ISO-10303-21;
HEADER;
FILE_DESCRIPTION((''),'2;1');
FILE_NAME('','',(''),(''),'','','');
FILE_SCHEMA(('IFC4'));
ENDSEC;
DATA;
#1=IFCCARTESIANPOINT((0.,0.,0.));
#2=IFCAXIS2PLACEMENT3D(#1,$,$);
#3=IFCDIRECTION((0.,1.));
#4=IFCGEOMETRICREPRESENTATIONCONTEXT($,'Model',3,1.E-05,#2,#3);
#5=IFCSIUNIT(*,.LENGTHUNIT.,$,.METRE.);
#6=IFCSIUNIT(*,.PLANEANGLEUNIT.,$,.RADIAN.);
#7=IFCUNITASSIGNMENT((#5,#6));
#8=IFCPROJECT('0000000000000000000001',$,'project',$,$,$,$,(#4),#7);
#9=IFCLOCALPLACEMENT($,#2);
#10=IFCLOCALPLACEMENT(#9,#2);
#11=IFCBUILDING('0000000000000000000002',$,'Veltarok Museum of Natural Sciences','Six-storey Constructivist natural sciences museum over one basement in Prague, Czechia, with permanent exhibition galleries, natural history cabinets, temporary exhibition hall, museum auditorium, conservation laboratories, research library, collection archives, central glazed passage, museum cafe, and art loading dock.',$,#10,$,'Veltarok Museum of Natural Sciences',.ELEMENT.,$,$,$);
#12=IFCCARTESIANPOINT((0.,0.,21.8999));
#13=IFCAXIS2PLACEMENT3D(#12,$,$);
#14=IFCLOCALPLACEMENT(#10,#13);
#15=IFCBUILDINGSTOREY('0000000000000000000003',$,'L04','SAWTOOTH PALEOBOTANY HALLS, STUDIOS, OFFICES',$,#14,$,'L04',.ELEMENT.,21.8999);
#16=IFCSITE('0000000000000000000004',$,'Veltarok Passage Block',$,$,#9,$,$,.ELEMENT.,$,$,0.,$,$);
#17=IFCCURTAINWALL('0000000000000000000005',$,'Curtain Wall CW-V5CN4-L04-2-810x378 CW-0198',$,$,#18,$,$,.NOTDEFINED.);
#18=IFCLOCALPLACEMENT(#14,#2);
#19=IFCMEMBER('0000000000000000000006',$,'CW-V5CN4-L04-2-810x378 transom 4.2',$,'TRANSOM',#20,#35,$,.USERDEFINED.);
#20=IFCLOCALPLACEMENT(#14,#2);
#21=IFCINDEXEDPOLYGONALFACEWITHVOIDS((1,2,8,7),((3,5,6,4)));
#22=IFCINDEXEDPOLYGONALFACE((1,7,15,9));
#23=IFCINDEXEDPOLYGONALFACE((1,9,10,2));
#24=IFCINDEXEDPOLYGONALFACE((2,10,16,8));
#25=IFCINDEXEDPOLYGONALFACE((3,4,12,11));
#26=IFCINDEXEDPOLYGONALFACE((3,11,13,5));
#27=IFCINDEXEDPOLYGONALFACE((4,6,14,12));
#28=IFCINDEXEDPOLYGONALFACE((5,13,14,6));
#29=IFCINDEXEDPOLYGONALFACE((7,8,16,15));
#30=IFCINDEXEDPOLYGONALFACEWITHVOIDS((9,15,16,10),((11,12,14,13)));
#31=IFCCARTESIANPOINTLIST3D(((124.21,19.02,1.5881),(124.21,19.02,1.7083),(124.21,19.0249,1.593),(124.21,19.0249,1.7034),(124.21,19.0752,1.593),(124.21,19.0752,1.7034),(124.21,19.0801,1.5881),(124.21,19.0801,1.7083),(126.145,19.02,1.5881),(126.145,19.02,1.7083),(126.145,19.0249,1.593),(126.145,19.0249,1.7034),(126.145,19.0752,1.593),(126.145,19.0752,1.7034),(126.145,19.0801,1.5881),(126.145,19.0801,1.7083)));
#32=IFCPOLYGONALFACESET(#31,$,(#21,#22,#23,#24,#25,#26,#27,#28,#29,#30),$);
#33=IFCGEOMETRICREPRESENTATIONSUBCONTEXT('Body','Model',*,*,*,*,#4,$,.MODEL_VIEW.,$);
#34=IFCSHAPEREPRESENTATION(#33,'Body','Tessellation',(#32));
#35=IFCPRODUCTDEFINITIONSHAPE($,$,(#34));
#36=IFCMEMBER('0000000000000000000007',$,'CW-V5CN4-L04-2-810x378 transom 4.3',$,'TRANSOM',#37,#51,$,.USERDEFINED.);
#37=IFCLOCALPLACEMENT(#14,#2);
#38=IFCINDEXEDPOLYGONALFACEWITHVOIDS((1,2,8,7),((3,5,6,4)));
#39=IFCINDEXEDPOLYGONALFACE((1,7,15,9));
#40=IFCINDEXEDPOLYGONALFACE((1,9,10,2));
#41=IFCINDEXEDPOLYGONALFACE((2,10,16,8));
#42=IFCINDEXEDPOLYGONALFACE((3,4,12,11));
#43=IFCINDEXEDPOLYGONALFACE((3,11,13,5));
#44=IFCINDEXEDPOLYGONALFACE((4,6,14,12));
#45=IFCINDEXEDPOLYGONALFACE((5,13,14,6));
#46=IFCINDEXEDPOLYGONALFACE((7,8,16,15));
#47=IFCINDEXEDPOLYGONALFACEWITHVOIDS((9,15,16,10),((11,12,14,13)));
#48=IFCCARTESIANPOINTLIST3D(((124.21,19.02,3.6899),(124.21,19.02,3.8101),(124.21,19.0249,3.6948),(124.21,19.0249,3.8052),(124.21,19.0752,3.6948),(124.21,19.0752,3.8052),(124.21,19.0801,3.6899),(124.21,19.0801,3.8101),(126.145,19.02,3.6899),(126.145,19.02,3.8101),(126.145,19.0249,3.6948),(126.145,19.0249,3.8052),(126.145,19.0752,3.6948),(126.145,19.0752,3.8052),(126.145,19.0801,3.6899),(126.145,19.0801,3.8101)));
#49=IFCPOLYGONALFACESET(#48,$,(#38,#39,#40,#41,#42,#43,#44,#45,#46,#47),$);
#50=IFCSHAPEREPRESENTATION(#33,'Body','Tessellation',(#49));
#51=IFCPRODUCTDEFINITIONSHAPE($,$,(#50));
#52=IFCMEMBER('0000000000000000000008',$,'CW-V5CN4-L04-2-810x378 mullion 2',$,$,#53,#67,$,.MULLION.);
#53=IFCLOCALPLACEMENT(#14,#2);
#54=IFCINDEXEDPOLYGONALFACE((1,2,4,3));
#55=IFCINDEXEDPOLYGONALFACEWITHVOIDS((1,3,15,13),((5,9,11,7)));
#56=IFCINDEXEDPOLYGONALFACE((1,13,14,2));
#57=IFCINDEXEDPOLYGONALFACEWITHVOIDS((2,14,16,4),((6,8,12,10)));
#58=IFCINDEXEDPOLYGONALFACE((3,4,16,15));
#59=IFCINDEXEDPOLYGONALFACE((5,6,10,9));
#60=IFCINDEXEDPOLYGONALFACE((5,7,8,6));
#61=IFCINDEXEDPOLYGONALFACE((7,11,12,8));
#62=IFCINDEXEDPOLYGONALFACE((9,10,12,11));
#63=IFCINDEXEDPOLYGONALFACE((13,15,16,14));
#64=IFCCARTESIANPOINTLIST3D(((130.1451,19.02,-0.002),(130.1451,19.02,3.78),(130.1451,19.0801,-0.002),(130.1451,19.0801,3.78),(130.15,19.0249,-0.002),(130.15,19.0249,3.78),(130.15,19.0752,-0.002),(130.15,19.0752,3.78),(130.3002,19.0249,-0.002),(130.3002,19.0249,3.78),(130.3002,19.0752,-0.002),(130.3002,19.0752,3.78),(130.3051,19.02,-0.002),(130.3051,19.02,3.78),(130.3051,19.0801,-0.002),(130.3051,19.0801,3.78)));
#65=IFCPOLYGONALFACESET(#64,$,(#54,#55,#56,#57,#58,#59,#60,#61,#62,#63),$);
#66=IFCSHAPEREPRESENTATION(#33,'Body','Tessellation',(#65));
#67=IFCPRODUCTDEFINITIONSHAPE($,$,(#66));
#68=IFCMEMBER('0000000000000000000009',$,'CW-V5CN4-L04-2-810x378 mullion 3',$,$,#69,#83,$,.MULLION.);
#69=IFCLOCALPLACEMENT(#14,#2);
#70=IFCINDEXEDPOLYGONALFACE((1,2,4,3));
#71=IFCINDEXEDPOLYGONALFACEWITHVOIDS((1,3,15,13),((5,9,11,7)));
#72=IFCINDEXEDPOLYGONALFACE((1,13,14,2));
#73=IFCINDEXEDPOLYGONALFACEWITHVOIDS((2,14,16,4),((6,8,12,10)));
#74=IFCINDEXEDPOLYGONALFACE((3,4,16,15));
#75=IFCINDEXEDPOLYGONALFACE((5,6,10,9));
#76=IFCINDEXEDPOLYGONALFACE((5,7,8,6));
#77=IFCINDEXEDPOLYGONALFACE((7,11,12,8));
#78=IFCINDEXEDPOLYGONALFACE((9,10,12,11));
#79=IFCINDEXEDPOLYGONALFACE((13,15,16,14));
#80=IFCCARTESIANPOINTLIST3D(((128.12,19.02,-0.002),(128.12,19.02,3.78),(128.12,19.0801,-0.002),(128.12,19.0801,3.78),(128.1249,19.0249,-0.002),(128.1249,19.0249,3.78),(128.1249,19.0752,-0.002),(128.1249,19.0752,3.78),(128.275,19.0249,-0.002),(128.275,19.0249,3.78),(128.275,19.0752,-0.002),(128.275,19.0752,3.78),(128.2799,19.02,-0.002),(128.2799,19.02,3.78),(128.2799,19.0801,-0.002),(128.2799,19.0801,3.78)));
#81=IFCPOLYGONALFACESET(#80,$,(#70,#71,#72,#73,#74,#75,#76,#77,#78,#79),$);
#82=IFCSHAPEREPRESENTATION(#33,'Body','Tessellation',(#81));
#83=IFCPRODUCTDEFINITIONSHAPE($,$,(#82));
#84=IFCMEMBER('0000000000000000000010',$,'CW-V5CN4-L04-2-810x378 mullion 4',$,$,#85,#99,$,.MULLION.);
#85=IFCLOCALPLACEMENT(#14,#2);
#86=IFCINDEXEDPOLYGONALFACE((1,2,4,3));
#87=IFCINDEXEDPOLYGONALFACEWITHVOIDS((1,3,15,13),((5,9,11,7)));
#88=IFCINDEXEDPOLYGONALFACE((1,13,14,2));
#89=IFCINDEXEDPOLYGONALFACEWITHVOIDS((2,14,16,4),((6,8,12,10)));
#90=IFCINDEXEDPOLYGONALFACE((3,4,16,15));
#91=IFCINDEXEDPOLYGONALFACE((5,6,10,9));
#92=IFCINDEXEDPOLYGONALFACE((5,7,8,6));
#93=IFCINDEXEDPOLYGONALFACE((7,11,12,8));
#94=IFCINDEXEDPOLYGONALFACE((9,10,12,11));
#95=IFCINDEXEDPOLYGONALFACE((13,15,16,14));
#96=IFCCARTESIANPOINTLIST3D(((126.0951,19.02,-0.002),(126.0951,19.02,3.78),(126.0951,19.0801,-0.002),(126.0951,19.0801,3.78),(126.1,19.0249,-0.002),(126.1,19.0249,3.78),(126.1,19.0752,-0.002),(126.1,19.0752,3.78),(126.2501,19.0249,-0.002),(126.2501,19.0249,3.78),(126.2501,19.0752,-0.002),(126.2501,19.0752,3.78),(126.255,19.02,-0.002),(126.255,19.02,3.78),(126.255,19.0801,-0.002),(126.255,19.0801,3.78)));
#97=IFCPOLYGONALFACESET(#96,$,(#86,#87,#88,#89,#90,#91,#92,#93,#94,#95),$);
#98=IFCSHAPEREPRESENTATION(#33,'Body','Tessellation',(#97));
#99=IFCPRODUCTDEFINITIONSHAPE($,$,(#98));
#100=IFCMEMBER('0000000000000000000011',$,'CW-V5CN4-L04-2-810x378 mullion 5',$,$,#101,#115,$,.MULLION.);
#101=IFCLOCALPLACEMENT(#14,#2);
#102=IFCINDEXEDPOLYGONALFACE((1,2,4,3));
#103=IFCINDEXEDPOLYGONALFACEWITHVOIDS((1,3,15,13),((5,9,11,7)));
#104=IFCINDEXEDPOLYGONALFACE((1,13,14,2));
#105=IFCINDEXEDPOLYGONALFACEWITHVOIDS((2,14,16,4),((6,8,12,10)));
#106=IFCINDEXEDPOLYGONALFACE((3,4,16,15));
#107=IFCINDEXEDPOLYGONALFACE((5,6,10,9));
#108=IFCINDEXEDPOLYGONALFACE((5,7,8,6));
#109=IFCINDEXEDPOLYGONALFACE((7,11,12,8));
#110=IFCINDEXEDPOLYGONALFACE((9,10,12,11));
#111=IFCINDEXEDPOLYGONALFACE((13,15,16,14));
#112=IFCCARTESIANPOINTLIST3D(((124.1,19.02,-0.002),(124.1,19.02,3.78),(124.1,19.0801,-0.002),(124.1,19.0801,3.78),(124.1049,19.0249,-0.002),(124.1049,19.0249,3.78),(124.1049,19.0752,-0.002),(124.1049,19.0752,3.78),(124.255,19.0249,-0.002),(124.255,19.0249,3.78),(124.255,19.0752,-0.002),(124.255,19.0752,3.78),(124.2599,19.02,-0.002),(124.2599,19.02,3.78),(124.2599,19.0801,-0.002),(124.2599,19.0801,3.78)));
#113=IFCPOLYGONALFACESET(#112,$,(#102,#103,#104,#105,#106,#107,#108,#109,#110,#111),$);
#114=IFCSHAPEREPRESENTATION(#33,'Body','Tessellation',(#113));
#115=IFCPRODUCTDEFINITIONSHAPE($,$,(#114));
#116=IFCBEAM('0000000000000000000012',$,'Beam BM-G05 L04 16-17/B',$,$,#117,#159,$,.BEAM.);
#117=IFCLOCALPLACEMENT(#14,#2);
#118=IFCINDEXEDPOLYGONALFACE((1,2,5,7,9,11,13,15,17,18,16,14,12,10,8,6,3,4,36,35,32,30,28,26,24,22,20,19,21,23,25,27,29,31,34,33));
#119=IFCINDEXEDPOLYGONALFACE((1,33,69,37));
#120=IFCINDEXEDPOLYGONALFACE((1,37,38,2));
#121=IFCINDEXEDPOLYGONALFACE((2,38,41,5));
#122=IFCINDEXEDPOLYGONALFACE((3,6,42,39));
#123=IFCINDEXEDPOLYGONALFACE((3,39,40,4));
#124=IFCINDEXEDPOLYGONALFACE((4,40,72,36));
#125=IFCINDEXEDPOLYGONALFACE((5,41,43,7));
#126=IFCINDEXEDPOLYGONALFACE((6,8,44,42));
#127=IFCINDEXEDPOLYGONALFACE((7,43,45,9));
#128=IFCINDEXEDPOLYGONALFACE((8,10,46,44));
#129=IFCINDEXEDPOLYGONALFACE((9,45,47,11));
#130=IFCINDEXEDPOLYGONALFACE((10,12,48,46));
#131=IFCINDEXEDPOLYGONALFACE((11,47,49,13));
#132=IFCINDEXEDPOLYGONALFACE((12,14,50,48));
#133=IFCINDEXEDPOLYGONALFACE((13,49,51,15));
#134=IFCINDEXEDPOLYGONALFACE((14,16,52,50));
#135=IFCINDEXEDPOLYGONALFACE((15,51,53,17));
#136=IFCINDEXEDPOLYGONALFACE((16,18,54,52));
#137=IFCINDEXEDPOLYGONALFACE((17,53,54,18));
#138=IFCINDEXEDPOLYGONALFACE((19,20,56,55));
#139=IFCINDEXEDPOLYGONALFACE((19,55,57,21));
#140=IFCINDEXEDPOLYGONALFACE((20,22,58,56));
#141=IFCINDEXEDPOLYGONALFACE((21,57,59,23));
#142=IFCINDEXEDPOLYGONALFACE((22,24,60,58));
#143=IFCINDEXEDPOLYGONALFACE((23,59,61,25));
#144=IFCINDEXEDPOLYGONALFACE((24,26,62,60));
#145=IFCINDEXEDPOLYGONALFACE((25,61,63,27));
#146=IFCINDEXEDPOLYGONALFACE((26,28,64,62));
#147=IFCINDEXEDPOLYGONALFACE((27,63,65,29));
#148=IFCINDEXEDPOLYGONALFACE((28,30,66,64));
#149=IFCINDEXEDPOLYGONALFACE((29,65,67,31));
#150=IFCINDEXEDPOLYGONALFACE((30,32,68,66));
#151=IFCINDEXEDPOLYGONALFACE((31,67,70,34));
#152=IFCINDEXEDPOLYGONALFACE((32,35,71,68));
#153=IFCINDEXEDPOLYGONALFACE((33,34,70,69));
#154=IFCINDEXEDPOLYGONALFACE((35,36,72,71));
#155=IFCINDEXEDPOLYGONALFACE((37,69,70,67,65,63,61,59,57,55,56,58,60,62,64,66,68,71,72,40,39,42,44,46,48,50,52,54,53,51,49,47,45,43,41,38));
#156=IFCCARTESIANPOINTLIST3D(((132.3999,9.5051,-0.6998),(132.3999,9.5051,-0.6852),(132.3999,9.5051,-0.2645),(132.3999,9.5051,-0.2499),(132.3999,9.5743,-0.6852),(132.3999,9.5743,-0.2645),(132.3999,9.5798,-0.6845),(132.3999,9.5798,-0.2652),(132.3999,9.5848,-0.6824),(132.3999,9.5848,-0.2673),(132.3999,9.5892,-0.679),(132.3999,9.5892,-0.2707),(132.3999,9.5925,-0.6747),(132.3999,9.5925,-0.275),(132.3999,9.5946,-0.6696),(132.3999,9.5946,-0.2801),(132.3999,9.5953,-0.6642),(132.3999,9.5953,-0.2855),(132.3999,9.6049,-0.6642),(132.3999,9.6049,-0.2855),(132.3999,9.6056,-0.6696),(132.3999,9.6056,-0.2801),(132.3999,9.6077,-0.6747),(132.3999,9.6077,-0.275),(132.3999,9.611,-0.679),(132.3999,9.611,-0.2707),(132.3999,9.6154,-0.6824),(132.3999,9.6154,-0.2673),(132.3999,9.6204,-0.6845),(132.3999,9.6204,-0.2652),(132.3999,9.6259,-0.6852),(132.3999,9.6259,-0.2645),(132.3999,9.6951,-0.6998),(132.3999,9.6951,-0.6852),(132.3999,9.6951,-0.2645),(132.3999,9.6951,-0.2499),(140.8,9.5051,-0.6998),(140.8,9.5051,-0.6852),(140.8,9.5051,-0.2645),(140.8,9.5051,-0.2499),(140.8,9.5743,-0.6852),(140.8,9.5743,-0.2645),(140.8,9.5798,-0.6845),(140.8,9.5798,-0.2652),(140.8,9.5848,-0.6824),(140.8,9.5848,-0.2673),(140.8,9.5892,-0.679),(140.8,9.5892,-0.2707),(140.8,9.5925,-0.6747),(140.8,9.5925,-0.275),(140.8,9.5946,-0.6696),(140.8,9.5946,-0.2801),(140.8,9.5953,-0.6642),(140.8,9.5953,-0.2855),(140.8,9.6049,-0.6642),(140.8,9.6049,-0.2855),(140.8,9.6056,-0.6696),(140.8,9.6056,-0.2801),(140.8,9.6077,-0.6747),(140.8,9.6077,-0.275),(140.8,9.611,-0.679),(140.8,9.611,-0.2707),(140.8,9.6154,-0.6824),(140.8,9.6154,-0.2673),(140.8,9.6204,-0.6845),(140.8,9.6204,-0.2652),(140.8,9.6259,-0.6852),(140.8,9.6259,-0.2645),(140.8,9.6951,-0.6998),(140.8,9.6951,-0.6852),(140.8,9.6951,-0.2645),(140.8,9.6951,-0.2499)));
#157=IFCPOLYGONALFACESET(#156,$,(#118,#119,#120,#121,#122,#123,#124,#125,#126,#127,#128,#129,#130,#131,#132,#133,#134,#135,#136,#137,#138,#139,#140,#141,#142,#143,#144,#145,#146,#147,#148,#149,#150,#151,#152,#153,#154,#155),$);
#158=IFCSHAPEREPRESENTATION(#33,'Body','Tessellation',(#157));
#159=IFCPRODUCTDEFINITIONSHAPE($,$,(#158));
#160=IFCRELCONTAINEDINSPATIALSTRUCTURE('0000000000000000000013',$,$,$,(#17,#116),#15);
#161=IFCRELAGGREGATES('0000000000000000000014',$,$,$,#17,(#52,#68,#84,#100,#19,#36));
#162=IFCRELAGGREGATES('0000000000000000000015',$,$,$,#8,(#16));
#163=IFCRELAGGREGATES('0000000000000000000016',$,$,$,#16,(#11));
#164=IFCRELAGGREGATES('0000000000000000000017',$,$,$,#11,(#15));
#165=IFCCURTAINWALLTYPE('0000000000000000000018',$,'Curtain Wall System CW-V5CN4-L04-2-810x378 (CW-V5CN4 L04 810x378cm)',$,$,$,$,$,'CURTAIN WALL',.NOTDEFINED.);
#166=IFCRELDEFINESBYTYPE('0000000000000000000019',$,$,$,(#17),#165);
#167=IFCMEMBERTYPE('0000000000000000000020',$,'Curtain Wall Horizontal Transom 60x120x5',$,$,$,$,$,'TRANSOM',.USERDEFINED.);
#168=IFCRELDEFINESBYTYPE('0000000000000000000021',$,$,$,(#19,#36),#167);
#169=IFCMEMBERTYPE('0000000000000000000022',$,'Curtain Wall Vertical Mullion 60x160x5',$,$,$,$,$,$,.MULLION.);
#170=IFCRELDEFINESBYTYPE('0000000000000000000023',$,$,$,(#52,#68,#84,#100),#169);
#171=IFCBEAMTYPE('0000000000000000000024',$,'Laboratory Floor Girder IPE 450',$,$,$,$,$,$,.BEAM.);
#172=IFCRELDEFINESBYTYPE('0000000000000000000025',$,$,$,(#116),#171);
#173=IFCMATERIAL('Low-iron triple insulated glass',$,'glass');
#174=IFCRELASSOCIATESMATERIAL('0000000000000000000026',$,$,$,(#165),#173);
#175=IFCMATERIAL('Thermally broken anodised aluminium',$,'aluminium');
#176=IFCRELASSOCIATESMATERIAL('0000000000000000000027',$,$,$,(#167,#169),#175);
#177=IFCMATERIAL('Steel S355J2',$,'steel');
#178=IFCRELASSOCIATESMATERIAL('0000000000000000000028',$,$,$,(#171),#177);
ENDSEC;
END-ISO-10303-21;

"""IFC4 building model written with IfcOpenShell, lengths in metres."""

from ifc_helpers import new_model, si_unit, direction, frame, origin, origin_2d, place, context, subcontext, project, spatial, hollow_rectangle, i_section, extrude, material, material_profile, profile_set, type_object, element, aggregate, save


model = new_model("IFC4")

# Units and contexts
model_context = context("Model", 3, precision=1e-05, world=origin(), true_north=direction((0.0, 1.0)))
body_context = subcontext(model_context, "Body", "Model", "MODEL_VIEW")
ifc_project = project(units=[si_unit("LENGTHUNIT", "METRE"), si_unit("PLANEANGLEUNIT", "RADIAN")], contexts=[model_context])

# Site, building, storey
site_placement = place(None, origin())
site = spatial("IfcSite", under=ifc_project, at=site_placement, Name="Veltarok Passage Block", CompositionType="ELEMENT", RefElevation=0.0)
building_placement = place(site_placement, origin())
building = spatial("IfcBuilding", under=site, at=building_placement, Name="Veltarok Museum of Natural Sciences", Description="Six-storey Constructivist natural sciences museum over one basement in Prague, Czechia, with permanent exhibition galleries, natural history cabinets, temporary exhibition hall, museum auditorium, conservation laboratories, research library, collection archives, central glazed passage, museum cafe, and art loading dock.", LongName="Veltarok Museum of Natural Sciences", CompositionType="ELEMENT")
storey_placement = place(building_placement, frame((0.0, 0.0, 21.8999)))
storey = spatial("IfcBuildingStorey", under=building, at=storey_placement, Name="L04", Description="SAWTOOTH PALEOBOTANY HALLS, STUDIOS, OFFICES", LongName="L04", CompositionType="ELEMENT", Elevation=21.8999)

# Curtain wall, members
ifc_material_1 = material(Name="Low-iron triple insulated glass", Category="glass")
curtain_wall_type = type_object("IfcCurtainWallType", Name="Curtain Wall System CW-V5CN4-L04-2-810x378 (CW-V5CN4 L04 810x378cm)", ElementType="CURTAIN WALL", PredefinedType="NOTDEFINED", material=ifc_material_1)
curtain_wall_placement = place(storey_placement, origin())
curtain_wall = element("IfcCurtainWall", 1, at=curtain_wall_placement, inside=storey, type_object=curtain_wall_type, Name="Curtain Wall CW-V5CN4-L04-2-810x378 CW-0198", PredefinedType="NOTDEFINED")
ifc_material_2 = material(Name="Thermally broken anodised aluminium", Category="aluminium")
ifc_material_profile_1 = material_profile(ifc_material_2, hollow_rectangle(XDim=0.0601, YDim=0.1201, WallThickness=0.0049, at=origin_2d()), Name="CW TRANSOM 60x120x5")
ifc_profile_set_1 = profile_set([ifc_material_profile_1], Name="Thermally broken anodised aluminium")
member_type_1 = type_object("IfcMemberType", Name="Curtain Wall Horizontal Transom 60x120x5", ElementType="TRANSOM", PredefinedType="USERDEFINED", material=ifc_profile_set_1)
member_1_placement = place(storey_placement, frame((126.145, 19.05, 1.6482), z_axis=(-1.0, 0.0, 0.0), x_axis=(0.0, -1.0, 0.0)))
member_1 = element("IfcMember", 2, at=member_1_placement, type_object=member_type_1, Name="CW-V5CN4-L04-2-810x378 transom 4.2", ObjectType="TRANSOM", PredefinedType="USERDEFINED", context=body_context, shape_type="SweptSolid", body=[
    extrude(hollow_rectangle(XDim=0.0601, YDim=0.1201, WallThickness=0.0049, at=origin_2d()), origin(), (0.0, 0.0, 1.0), 1.9351),
])
member_2_placement = place(storey_placement, frame((126.145, 19.05, 3.75), z_axis=(-1.0, 0.0, 0.0), x_axis=(0.0, -1.0, 0.0)))
member_2 = element("IfcMember", 3, at=member_2_placement, type_object=member_type_1, Name="CW-V5CN4-L04-2-810x378 transom 4.3", ObjectType="TRANSOM", PredefinedType="USERDEFINED", context=body_context, shape_type="SweptSolid", body=[
    extrude(hollow_rectangle(XDim=0.0601, YDim=0.1201, WallThickness=0.0049, at=origin_2d()), origin(), (0.0, 0.0, 1.0), 1.9351),
])
ifc_material_profile_2 = material_profile(ifc_material_2, hollow_rectangle(XDim=0.0601, YDim=0.1599, WallThickness=0.0049, at=origin_2d()), Name="CW MULLION 60x160x5")
ifc_profile_set_2 = profile_set([ifc_material_profile_2], Name="Thermally broken anodised aluminium")
member_type_2 = type_object("IfcMemberType", Name="Curtain Wall Vertical Mullion 60x160x5", PredefinedType="MULLION", material=ifc_profile_set_2)
member_3_placement = place(storey_placement, frame((130.2251, 19.05, -0.002), z_axis=(0.0, 0.0, 1.0), x_axis=(0.0, -1.0, 0.0)))
member_3 = element("IfcMember", 4, at=member_3_placement, type_object=member_type_2, Name="CW-V5CN4-L04-2-810x378 mullion 2", PredefinedType="MULLION", context=body_context, shape_type="SweptSolid", body=[
    extrude(hollow_rectangle(XDim=0.0601, YDim=0.1599, WallThickness=0.0049, at=origin_2d()), origin(), (0.0, 0.0, 1.0), 3.782),
])
member_4_placement = place(storey_placement, frame((128.2, 19.05, -0.002), z_axis=(0.0, 0.0, 1.0), x_axis=(0.0, -1.0, 0.0)))
member_4 = element("IfcMember", 5, at=member_4_placement, type_object=member_type_2, Name="CW-V5CN4-L04-2-810x378 mullion 3", PredefinedType="MULLION", context=body_context, shape_type="SweptSolid", body=[
    extrude(hollow_rectangle(XDim=0.0601, YDim=0.1599, WallThickness=0.0049, at=origin_2d()), origin(), (0.0, 0.0, 1.0), 3.782),
])
member_5_placement = place(storey_placement, frame((126.175, 19.05, -0.002), z_axis=(0.0, 0.0, 1.0), x_axis=(0.0, -1.0, 0.0)))
member_5 = element("IfcMember", 6, at=member_5_placement, type_object=member_type_2, Name="CW-V5CN4-L04-2-810x378 mullion 4", PredefinedType="MULLION", context=body_context, shape_type="SweptSolid", body=[
    extrude(hollow_rectangle(XDim=0.0601, YDim=0.1599, WallThickness=0.0049, at=origin_2d()), origin(), (0.0, 0.0, 1.0), 3.782),
])
member_6_placement = place(storey_placement, frame((124.1799, 19.05, -0.002), z_axis=(0.0, 0.0, 1.0), x_axis=(0.0, -1.0, 0.0)))
member_6 = element("IfcMember", 7, at=member_6_placement, type_object=member_type_2, Name="CW-V5CN4-L04-2-810x378 mullion 5", PredefinedType="MULLION", context=body_context, shape_type="SweptSolid", body=[
    extrude(hollow_rectangle(XDim=0.0601, YDim=0.1599, WallThickness=0.0049, at=origin_2d()), origin(), (0.0, 0.0, 1.0), 3.782),
])

# Beam
ifc_material_3 = material(Name="Steel S355J2", Category="steel")
ifc_material_profile_3 = material_profile(ifc_material_3, i_section(OverallWidth=0.1899, OverallDepth=0.45, WebThickness=0.0095, FlangeThickness=0.0146, FilletRadius=0.021, at=origin_2d()), Name="IPE 450")
ifc_profile_set_3 = profile_set([ifc_material_profile_3], Name="Steel S355J2")
beam_type_1 = type_object("IfcBeamType", Name="Laboratory Floor Girder IPE 450", PredefinedType="BEAM", material=ifc_profile_set_3)
beam_1_placement = place(storey_placement, frame((132.3999, 9.6001, -0.4749), z_axis=(1.0, 0.0, 0.0), x_axis=(0.0, 1.0, 0.0)))
element("IfcBeam", 8, at=beam_1_placement, inside=storey, type_object=beam_type_1, Name="Beam BM-G05 L04 16-17/B", PredefinedType="BEAM", context=body_context, shape_type="SweptSolid", body=[
    extrude(i_section(OverallWidth=0.1899, OverallDepth=0.45, WebThickness=0.0095, FlangeThickness=0.0146, FilletRadius=0.021, at=origin_2d()), origin(), (0.0, 0.0, 1.0), 8.4001),
])

aggregate(curtain_wall, [member_3, member_4, member_5, member_6, member_1, member_2])

save(model, "model.ifc")
